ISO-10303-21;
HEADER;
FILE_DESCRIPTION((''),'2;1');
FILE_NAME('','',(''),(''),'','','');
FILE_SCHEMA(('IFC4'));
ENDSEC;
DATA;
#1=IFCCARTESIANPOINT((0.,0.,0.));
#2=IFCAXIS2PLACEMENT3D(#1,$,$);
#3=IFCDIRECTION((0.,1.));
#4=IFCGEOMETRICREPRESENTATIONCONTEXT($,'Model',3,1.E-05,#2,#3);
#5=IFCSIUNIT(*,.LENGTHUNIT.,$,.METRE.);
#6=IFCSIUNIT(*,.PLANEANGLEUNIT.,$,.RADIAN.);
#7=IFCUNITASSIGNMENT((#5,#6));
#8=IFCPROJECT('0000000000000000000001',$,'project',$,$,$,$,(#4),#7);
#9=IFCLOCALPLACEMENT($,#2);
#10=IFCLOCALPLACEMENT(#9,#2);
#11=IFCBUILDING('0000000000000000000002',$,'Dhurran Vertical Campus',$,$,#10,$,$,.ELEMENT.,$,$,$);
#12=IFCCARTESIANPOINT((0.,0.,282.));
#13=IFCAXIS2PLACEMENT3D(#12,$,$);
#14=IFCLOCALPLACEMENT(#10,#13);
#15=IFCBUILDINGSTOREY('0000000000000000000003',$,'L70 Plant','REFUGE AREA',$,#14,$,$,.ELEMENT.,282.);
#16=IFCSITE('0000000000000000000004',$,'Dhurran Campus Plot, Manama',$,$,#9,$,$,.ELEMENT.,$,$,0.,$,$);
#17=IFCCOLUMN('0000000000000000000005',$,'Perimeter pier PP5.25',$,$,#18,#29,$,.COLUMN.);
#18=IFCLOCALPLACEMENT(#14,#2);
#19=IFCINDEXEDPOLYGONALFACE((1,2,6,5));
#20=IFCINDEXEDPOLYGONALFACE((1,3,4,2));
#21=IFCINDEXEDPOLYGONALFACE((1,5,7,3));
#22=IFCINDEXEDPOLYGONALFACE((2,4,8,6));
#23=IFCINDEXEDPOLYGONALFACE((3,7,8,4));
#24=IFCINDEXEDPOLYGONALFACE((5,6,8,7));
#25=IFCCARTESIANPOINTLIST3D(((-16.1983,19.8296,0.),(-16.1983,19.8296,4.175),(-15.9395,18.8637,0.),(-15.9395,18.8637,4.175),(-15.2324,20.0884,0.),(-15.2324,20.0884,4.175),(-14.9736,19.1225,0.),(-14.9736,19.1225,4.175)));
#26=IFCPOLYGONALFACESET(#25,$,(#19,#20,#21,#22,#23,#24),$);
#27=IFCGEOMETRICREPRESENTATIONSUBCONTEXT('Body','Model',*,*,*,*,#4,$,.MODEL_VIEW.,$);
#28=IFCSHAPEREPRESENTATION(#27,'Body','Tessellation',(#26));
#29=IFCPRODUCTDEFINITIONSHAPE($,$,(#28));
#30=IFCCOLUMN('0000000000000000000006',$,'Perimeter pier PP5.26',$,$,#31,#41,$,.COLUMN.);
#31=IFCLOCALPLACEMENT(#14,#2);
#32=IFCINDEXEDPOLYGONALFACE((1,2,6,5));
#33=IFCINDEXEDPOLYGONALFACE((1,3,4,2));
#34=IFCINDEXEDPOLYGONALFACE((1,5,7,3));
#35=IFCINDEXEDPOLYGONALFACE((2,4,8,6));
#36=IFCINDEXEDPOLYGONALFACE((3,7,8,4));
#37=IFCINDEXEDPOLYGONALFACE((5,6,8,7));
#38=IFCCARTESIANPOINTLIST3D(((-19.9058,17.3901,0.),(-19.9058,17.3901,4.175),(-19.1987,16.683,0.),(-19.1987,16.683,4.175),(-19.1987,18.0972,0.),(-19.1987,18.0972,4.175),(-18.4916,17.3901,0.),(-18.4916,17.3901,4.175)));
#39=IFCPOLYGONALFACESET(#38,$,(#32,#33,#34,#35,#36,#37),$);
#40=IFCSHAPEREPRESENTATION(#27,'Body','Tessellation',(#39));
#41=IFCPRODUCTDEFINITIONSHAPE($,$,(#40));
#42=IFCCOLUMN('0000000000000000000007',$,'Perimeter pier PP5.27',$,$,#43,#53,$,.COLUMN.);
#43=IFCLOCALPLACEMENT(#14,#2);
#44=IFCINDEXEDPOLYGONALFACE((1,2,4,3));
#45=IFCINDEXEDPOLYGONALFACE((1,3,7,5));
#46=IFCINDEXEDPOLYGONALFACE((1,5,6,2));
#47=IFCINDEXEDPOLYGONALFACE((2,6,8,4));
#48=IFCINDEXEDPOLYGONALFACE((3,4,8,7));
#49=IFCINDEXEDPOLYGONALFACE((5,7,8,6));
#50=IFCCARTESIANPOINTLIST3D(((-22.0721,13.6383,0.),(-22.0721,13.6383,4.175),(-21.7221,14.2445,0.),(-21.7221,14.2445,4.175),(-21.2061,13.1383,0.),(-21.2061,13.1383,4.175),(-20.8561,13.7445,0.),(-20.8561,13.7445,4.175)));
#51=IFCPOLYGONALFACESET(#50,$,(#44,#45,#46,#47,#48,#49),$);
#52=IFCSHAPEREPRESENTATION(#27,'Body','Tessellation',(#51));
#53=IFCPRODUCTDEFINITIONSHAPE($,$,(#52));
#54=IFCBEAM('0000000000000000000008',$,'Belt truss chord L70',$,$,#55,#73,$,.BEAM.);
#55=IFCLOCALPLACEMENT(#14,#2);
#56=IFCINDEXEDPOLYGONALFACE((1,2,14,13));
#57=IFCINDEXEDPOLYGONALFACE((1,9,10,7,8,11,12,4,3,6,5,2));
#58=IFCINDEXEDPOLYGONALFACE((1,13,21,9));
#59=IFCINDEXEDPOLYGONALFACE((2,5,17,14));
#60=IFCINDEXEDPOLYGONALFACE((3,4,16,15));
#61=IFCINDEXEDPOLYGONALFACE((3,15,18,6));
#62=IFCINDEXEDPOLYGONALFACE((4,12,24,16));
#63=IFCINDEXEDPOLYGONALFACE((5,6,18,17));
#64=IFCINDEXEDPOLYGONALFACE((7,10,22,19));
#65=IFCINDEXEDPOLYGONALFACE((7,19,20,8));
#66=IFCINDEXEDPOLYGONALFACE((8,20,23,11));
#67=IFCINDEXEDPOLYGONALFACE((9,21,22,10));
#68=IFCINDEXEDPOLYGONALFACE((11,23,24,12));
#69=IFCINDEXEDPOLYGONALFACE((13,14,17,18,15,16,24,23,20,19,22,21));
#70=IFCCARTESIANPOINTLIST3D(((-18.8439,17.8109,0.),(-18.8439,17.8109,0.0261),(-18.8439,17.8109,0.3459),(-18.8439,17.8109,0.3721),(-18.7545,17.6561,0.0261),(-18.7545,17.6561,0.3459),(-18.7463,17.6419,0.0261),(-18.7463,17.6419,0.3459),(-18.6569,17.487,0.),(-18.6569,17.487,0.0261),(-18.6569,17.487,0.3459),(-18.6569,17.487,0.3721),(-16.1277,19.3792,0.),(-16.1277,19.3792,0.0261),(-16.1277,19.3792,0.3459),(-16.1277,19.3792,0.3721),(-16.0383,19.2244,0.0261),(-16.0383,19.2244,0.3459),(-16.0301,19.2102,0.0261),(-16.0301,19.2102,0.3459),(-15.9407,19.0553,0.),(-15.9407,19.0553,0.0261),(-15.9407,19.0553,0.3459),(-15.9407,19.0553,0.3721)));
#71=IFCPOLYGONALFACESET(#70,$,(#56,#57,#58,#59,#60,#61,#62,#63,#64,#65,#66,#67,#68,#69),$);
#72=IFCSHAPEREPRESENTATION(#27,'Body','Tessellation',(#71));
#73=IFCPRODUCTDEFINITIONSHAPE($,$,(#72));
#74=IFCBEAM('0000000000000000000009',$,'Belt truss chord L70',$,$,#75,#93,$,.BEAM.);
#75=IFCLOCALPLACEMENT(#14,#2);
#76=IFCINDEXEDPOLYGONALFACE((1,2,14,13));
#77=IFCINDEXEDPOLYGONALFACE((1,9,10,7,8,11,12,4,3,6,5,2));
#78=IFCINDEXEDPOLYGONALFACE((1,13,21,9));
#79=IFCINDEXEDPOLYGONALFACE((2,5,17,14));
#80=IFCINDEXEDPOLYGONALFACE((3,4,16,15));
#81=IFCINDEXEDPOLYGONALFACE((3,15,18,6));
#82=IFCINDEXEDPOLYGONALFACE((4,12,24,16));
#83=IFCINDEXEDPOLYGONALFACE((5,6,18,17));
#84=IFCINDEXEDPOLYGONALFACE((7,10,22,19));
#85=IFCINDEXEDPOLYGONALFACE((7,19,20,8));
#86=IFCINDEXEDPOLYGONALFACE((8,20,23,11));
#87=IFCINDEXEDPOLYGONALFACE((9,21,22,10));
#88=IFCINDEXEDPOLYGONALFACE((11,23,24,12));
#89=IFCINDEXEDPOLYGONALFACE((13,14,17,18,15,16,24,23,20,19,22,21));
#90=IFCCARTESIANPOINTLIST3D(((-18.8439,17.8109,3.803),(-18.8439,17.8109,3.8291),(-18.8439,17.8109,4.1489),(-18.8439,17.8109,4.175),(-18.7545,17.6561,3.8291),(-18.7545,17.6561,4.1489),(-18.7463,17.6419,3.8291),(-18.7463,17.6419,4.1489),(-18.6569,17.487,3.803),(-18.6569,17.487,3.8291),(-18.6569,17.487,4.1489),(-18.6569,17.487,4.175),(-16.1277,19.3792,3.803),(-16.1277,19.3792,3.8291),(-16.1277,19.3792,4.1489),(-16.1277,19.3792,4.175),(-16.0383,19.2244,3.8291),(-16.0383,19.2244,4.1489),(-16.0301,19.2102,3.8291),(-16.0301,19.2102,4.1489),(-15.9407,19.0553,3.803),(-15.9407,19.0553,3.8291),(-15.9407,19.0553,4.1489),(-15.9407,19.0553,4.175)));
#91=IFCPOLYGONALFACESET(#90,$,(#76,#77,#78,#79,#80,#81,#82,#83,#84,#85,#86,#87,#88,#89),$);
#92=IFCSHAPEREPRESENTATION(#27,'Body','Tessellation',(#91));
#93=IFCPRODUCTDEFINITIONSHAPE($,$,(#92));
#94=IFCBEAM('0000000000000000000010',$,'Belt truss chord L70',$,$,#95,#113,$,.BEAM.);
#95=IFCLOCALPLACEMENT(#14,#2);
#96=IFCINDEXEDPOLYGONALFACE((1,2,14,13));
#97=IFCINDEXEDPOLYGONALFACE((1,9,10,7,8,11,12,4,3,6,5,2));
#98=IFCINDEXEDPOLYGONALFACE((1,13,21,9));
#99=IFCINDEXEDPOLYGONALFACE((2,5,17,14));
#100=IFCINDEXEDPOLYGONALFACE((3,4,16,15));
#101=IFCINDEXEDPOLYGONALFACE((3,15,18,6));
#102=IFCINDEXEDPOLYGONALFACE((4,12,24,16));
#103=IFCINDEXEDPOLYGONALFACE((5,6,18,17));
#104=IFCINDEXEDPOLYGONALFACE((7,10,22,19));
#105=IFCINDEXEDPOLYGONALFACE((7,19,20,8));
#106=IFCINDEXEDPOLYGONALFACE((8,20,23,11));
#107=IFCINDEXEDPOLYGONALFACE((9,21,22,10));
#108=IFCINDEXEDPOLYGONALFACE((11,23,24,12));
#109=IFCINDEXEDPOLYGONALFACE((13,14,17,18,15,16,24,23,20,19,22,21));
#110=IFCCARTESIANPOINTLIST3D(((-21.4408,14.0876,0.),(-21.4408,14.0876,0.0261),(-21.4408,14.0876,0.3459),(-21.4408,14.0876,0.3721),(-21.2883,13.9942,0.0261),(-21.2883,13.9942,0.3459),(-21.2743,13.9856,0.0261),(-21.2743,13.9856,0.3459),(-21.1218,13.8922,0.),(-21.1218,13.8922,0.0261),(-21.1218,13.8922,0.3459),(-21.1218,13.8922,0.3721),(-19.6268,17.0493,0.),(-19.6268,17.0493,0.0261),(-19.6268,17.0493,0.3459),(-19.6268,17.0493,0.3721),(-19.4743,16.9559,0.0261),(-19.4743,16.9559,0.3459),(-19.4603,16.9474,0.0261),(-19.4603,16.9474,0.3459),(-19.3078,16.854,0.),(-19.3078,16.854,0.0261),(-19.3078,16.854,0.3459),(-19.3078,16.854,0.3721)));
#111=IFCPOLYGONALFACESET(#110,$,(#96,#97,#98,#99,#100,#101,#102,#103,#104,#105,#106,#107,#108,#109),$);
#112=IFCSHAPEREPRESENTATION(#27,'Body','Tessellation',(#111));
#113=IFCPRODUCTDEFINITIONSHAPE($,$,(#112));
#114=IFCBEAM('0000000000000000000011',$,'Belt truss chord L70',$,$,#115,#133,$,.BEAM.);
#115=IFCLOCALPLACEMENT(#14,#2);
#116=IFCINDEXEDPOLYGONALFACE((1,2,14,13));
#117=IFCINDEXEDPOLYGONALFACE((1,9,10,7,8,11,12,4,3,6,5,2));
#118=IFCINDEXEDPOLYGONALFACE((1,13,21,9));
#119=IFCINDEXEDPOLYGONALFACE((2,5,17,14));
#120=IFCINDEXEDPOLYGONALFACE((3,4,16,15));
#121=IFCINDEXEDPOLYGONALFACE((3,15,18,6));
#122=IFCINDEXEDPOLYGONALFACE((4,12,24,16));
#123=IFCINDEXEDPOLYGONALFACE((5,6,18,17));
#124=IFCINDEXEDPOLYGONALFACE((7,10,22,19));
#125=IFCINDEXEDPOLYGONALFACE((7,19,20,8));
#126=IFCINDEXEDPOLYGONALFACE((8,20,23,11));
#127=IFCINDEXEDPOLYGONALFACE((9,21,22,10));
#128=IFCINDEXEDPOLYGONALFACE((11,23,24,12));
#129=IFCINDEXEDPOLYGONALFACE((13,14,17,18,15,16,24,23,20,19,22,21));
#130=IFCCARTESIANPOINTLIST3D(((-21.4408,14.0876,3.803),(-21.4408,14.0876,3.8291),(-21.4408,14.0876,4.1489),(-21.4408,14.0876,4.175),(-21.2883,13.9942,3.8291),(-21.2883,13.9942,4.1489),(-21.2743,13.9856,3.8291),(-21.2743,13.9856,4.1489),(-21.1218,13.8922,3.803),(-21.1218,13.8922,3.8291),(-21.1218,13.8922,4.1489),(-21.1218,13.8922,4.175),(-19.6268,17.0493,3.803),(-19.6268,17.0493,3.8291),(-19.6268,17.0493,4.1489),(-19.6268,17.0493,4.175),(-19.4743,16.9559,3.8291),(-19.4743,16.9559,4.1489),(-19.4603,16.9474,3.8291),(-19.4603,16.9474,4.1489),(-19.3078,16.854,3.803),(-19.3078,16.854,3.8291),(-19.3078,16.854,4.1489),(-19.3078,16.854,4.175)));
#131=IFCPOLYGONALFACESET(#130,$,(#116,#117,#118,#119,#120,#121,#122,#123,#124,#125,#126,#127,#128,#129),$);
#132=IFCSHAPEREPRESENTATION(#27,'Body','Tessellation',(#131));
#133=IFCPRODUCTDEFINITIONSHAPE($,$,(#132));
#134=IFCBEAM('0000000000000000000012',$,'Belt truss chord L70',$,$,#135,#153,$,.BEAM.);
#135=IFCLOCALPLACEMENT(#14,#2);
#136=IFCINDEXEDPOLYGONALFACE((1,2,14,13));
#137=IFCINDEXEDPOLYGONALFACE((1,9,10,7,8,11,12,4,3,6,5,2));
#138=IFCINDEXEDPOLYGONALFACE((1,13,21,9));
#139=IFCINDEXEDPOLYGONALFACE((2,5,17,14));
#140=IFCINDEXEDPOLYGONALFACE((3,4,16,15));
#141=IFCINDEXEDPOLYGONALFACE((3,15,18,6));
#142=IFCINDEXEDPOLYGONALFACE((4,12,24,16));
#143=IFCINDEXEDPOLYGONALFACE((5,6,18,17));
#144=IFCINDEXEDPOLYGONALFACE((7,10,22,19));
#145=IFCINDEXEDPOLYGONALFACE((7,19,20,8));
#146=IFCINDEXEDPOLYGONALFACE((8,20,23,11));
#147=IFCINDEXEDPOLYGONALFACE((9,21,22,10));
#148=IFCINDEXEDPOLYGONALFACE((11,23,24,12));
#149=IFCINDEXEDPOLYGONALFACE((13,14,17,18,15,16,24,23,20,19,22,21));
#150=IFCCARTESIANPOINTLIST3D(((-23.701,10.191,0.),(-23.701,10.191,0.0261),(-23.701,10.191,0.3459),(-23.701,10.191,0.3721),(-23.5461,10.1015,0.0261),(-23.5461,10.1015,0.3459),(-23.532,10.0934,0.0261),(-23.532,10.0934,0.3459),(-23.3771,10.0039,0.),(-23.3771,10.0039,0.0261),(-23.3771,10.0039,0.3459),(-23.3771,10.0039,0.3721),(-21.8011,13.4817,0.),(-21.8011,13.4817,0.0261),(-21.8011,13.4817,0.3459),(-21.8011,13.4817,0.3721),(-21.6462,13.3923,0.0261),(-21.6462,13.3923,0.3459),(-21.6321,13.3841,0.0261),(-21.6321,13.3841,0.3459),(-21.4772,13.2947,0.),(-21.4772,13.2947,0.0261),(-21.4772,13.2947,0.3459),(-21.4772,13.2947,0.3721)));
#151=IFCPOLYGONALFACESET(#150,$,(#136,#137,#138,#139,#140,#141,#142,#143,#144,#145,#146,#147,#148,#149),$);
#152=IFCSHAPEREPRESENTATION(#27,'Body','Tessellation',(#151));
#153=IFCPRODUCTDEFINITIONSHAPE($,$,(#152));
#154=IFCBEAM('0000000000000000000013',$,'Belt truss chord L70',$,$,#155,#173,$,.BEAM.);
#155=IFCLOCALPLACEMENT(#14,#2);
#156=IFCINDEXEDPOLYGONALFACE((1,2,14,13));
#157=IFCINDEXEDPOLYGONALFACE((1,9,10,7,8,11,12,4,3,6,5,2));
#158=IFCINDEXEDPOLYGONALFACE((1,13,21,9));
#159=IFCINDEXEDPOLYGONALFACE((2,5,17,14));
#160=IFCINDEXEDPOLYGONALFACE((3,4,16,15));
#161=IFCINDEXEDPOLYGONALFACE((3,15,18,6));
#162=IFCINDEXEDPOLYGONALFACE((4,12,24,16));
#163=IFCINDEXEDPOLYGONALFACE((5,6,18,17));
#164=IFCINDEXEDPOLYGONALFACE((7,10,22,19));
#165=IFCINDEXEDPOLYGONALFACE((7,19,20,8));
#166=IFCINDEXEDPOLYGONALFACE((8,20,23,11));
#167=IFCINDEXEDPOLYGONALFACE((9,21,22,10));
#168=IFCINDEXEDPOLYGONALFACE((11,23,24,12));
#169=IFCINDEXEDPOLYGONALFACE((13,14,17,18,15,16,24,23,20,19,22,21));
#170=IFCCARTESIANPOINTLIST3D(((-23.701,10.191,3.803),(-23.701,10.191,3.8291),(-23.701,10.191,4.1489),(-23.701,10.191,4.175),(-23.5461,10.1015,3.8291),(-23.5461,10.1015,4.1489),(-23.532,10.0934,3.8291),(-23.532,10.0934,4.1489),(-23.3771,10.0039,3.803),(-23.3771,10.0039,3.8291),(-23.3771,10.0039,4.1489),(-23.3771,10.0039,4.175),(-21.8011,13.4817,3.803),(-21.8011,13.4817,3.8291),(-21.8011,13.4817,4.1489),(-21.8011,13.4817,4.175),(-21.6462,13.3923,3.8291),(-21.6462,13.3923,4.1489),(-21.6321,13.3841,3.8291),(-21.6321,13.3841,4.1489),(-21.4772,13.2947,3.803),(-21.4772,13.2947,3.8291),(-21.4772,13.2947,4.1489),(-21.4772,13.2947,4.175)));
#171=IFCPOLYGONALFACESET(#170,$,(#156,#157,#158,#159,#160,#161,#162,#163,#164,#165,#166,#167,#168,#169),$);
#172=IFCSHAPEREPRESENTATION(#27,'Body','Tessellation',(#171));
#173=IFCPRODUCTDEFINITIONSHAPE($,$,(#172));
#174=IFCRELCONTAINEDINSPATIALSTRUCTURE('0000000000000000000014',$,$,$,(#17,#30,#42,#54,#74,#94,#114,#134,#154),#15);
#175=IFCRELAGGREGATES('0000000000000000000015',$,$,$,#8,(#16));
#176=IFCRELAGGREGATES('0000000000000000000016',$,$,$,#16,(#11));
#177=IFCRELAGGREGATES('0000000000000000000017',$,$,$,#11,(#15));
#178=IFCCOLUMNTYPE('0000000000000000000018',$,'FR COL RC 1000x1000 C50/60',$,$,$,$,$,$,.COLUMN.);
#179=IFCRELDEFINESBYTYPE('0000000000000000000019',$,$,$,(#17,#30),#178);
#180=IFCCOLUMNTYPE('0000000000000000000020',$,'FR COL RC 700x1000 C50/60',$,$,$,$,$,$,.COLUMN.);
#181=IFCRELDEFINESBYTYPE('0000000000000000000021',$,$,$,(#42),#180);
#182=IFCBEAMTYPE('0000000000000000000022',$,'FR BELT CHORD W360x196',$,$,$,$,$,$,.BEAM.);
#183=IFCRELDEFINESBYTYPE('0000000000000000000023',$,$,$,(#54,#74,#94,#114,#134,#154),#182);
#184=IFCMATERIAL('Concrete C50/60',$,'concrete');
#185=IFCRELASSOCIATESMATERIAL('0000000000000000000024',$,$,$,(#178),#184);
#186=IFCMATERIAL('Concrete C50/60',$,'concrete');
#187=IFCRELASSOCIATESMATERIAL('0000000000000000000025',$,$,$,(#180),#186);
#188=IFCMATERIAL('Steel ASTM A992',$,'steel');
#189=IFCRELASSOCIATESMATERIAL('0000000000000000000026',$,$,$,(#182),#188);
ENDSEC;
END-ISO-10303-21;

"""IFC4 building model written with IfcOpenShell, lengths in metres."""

from ifc_helpers import new_model, si_unit, direction, frame, origin, origin_2d, place, context, subcontext, project, spatial, rectangle, i_section, extrude, material, material_profile, profile_set, type_object, element, save


model = new_model("IFC4")

# Units and contexts
model_context = context("Model", 3, precision=1e-05, world=origin(), true_north=direction((0.0, 1.0)))
body_context = subcontext(model_context, "Body", "Model", "MODEL_VIEW")
ifc_project = project(units=[si_unit("LENGTHUNIT", "METRE"), si_unit("PLANEANGLEUNIT", "RADIAN")], contexts=[model_context])

# Site, building, storey
site_placement = place(None, origin())
site = spatial("IfcSite", under=ifc_project, at=site_placement, Name="Dhurran Campus Plot, Manama", CompositionType="ELEMENT", RefElevation=0.0)
building_placement = place(site_placement, origin())
building = spatial("IfcBuilding", under=site, at=building_placement, Name="Dhurran Vertical Campus", CompositionType="ELEMENT")
storey_placement = place(building_placement, frame((0.0, 0.0, 282.0)))
storey = spatial("IfcBuildingStorey", under=building, at=storey_placement, Name="L70 Plant", Description="REFUGE AREA", CompositionType="ELEMENT", Elevation=282.0)

# Columns
ifc_material_1 = material(Name="Concrete C50/60", Category="concrete")
ifc_material_profile_1 = material_profile(ifc_material_1, rectangle(XDim=1.0, YDim=1.0, at=origin_2d()), Name="RC 1000x1000")
ifc_profile_set_1 = profile_set([ifc_material_profile_1], Name="Concrete C50/60")
column_type_1 = type_object("IfcColumnType", Name="FR COL RC 1000x1000 C50/60", PredefinedType="COLUMN", material=ifc_profile_set_1)
for number, where, z_axis, x_axis, name in (
    (1, (-15.5859, 19.4761, 0.0), (0.0, 0.0, 1.0), (-0.965926, -0.258819, 0.0), "Perimeter pier PP5.25"),
    (2, (-19.1987, 17.3901, 0.0), (0.0, 0.0, 1.0), (-0.707107, -0.707107, 0.0), "Perimeter pier PP5.26"),
):
    element("IfcColumn", number, at=place(storey_placement, frame(where, z_axis=z_axis, x_axis=x_axis)), inside=storey, type_object=column_type_1, Name=name, PredefinedType="COLUMN", context=body_context, shape_type="SweptSolid", body=[
        extrude(rectangle(XDim=1.0, YDim=1.0, at=origin_2d()), origin(), (0.0, 0.0, 1.0), 4.175),
    ])
ifc_material_2 = material(Name="Concrete C50/60", Category="concrete")
ifc_material_profile_2 = material_profile(ifc_material_2, rectangle(XDim=0.7, YDim=1.0, at=origin_2d()), Name="RC 700x1000")
ifc_profile_set_2 = profile_set([ifc_material_profile_2], Name="Concrete C50/60")
column_type_2 = type_object("IfcColumnType", Name="FR COL RC 700x1000 C50/60", PredefinedType="COLUMN", material=ifc_profile_set_2)
column_placement = place(storey_placement, frame((-21.4641, 13.6914, 0.0), z_axis=(0.0, 0.0, 1.0), x_axis=(-0.5, -0.866025, 0.0)))
element("IfcColumn", 3, at=column_placement, inside=storey, type_object=column_type_2, Name="Perimeter pier PP5.27", PredefinedType="COLUMN", context=body_context, shape_type="SweptSolid", body=[
    extrude(rectangle(XDim=0.7, YDim=1.0, at=origin_2d()), origin(), (0.0, 0.0, 1.0), 4.175),
])

# Beams
ifc_material_3 = material(Name="Steel ASTM A992", Category="steel")
ifc_material_profile_3 = material_profile(ifc_material_3, i_section(OverallWidth=0.374, OverallDepth=0.3721, WebThickness=0.0164, FlangeThickness=0.0261, at=origin_2d()), Name="W360x196")
ifc_profile_set_3 = profile_set([ifc_material_profile_3], Name="Steel ASTM A992")
beam_type = type_object("IfcBeamType", Name="FR BELT CHORD W360x196", PredefinedType="BEAM", material=ifc_profile_set_3)
for number, where, z_axis, x_axis, name in (
    (4, (-16.0342, 19.2173, 0.186), (-0.866012, -0.500023, 0.0), (0.500023, -0.866012, 0.0), "Belt truss chord L70"),
    (5, (-16.0342, 19.2173, 3.989), (-0.866012, -0.500023, 0.0), (0.500023, -0.866012, 0.0), "Belt truss chord L70"),
):
    element("IfcBeam", number, at=place(storey_placement, frame(where, z_axis=z_axis, x_axis=x_axis)), inside=storey, type_object=beam_type, Name=name, PredefinedType="BEAM", context=body_context, shape_type="SweptSolid", body=[
        extrude(i_section(OverallWidth=0.374, OverallDepth=0.3721, WebThickness=0.0164, FlangeThickness=0.0261, at=origin_2d()), origin(), (0.0, 0.0, 1.0), 3.1365),
    ])
for number, where, z_axis, x_axis, name in (
    (6, (-19.4673, 16.9517, 0.186), (-0.5223, -0.852762, 0.0), (0.852762, -0.5223, 0.0), "Belt truss chord L70"),
    (7, (-19.4673, 16.9517, 3.989), (-0.5223, -0.852762, 0.0), (0.852762, -0.5223, 0.0), "Belt truss chord L70"),
):
    element("IfcBeam", number, at=place(storey_placement, frame(where, z_axis=z_axis, x_axis=x_axis)), inside=storey, type_object=beam_type, Name=name, PredefinedType="BEAM", context=body_context, shape_type="SweptSolid", body=[
        extrude(i_section(OverallWidth=0.374, OverallDepth=0.3721, WebThickness=0.0164, FlangeThickness=0.0261, at=origin_2d()), origin(), (0.0, 0.0, 1.0), 3.4731),
    ])
for number, where, z_axis, x_axis, name in (
    (8, (-21.6392, 13.3882, 0.186), (-0.499995, -0.866028, 0.0), (0.866028, -0.499995, 0.0), "Belt truss chord L70"),
    (9, (-21.6392, 13.3882, 3.989), (-0.499995, -0.866028, 0.0), (0.866028, -0.499995, 0.0), "Belt truss chord L70"),
):
    element("IfcBeam", number, at=place(storey_placement, frame(where, z_axis=z_axis, x_axis=x_axis)), inside=storey, type_object=beam_type, Name=name, PredefinedType="BEAM", context=body_context, shape_type="SweptSolid", body=[
        extrude(i_section(OverallWidth=0.374, OverallDepth=0.3721, WebThickness=0.0164, FlangeThickness=0.0261, at=origin_2d()), origin(), (0.0, 0.0, 1.0), 3.7998),
    ])

save(model, "model.ifc")
